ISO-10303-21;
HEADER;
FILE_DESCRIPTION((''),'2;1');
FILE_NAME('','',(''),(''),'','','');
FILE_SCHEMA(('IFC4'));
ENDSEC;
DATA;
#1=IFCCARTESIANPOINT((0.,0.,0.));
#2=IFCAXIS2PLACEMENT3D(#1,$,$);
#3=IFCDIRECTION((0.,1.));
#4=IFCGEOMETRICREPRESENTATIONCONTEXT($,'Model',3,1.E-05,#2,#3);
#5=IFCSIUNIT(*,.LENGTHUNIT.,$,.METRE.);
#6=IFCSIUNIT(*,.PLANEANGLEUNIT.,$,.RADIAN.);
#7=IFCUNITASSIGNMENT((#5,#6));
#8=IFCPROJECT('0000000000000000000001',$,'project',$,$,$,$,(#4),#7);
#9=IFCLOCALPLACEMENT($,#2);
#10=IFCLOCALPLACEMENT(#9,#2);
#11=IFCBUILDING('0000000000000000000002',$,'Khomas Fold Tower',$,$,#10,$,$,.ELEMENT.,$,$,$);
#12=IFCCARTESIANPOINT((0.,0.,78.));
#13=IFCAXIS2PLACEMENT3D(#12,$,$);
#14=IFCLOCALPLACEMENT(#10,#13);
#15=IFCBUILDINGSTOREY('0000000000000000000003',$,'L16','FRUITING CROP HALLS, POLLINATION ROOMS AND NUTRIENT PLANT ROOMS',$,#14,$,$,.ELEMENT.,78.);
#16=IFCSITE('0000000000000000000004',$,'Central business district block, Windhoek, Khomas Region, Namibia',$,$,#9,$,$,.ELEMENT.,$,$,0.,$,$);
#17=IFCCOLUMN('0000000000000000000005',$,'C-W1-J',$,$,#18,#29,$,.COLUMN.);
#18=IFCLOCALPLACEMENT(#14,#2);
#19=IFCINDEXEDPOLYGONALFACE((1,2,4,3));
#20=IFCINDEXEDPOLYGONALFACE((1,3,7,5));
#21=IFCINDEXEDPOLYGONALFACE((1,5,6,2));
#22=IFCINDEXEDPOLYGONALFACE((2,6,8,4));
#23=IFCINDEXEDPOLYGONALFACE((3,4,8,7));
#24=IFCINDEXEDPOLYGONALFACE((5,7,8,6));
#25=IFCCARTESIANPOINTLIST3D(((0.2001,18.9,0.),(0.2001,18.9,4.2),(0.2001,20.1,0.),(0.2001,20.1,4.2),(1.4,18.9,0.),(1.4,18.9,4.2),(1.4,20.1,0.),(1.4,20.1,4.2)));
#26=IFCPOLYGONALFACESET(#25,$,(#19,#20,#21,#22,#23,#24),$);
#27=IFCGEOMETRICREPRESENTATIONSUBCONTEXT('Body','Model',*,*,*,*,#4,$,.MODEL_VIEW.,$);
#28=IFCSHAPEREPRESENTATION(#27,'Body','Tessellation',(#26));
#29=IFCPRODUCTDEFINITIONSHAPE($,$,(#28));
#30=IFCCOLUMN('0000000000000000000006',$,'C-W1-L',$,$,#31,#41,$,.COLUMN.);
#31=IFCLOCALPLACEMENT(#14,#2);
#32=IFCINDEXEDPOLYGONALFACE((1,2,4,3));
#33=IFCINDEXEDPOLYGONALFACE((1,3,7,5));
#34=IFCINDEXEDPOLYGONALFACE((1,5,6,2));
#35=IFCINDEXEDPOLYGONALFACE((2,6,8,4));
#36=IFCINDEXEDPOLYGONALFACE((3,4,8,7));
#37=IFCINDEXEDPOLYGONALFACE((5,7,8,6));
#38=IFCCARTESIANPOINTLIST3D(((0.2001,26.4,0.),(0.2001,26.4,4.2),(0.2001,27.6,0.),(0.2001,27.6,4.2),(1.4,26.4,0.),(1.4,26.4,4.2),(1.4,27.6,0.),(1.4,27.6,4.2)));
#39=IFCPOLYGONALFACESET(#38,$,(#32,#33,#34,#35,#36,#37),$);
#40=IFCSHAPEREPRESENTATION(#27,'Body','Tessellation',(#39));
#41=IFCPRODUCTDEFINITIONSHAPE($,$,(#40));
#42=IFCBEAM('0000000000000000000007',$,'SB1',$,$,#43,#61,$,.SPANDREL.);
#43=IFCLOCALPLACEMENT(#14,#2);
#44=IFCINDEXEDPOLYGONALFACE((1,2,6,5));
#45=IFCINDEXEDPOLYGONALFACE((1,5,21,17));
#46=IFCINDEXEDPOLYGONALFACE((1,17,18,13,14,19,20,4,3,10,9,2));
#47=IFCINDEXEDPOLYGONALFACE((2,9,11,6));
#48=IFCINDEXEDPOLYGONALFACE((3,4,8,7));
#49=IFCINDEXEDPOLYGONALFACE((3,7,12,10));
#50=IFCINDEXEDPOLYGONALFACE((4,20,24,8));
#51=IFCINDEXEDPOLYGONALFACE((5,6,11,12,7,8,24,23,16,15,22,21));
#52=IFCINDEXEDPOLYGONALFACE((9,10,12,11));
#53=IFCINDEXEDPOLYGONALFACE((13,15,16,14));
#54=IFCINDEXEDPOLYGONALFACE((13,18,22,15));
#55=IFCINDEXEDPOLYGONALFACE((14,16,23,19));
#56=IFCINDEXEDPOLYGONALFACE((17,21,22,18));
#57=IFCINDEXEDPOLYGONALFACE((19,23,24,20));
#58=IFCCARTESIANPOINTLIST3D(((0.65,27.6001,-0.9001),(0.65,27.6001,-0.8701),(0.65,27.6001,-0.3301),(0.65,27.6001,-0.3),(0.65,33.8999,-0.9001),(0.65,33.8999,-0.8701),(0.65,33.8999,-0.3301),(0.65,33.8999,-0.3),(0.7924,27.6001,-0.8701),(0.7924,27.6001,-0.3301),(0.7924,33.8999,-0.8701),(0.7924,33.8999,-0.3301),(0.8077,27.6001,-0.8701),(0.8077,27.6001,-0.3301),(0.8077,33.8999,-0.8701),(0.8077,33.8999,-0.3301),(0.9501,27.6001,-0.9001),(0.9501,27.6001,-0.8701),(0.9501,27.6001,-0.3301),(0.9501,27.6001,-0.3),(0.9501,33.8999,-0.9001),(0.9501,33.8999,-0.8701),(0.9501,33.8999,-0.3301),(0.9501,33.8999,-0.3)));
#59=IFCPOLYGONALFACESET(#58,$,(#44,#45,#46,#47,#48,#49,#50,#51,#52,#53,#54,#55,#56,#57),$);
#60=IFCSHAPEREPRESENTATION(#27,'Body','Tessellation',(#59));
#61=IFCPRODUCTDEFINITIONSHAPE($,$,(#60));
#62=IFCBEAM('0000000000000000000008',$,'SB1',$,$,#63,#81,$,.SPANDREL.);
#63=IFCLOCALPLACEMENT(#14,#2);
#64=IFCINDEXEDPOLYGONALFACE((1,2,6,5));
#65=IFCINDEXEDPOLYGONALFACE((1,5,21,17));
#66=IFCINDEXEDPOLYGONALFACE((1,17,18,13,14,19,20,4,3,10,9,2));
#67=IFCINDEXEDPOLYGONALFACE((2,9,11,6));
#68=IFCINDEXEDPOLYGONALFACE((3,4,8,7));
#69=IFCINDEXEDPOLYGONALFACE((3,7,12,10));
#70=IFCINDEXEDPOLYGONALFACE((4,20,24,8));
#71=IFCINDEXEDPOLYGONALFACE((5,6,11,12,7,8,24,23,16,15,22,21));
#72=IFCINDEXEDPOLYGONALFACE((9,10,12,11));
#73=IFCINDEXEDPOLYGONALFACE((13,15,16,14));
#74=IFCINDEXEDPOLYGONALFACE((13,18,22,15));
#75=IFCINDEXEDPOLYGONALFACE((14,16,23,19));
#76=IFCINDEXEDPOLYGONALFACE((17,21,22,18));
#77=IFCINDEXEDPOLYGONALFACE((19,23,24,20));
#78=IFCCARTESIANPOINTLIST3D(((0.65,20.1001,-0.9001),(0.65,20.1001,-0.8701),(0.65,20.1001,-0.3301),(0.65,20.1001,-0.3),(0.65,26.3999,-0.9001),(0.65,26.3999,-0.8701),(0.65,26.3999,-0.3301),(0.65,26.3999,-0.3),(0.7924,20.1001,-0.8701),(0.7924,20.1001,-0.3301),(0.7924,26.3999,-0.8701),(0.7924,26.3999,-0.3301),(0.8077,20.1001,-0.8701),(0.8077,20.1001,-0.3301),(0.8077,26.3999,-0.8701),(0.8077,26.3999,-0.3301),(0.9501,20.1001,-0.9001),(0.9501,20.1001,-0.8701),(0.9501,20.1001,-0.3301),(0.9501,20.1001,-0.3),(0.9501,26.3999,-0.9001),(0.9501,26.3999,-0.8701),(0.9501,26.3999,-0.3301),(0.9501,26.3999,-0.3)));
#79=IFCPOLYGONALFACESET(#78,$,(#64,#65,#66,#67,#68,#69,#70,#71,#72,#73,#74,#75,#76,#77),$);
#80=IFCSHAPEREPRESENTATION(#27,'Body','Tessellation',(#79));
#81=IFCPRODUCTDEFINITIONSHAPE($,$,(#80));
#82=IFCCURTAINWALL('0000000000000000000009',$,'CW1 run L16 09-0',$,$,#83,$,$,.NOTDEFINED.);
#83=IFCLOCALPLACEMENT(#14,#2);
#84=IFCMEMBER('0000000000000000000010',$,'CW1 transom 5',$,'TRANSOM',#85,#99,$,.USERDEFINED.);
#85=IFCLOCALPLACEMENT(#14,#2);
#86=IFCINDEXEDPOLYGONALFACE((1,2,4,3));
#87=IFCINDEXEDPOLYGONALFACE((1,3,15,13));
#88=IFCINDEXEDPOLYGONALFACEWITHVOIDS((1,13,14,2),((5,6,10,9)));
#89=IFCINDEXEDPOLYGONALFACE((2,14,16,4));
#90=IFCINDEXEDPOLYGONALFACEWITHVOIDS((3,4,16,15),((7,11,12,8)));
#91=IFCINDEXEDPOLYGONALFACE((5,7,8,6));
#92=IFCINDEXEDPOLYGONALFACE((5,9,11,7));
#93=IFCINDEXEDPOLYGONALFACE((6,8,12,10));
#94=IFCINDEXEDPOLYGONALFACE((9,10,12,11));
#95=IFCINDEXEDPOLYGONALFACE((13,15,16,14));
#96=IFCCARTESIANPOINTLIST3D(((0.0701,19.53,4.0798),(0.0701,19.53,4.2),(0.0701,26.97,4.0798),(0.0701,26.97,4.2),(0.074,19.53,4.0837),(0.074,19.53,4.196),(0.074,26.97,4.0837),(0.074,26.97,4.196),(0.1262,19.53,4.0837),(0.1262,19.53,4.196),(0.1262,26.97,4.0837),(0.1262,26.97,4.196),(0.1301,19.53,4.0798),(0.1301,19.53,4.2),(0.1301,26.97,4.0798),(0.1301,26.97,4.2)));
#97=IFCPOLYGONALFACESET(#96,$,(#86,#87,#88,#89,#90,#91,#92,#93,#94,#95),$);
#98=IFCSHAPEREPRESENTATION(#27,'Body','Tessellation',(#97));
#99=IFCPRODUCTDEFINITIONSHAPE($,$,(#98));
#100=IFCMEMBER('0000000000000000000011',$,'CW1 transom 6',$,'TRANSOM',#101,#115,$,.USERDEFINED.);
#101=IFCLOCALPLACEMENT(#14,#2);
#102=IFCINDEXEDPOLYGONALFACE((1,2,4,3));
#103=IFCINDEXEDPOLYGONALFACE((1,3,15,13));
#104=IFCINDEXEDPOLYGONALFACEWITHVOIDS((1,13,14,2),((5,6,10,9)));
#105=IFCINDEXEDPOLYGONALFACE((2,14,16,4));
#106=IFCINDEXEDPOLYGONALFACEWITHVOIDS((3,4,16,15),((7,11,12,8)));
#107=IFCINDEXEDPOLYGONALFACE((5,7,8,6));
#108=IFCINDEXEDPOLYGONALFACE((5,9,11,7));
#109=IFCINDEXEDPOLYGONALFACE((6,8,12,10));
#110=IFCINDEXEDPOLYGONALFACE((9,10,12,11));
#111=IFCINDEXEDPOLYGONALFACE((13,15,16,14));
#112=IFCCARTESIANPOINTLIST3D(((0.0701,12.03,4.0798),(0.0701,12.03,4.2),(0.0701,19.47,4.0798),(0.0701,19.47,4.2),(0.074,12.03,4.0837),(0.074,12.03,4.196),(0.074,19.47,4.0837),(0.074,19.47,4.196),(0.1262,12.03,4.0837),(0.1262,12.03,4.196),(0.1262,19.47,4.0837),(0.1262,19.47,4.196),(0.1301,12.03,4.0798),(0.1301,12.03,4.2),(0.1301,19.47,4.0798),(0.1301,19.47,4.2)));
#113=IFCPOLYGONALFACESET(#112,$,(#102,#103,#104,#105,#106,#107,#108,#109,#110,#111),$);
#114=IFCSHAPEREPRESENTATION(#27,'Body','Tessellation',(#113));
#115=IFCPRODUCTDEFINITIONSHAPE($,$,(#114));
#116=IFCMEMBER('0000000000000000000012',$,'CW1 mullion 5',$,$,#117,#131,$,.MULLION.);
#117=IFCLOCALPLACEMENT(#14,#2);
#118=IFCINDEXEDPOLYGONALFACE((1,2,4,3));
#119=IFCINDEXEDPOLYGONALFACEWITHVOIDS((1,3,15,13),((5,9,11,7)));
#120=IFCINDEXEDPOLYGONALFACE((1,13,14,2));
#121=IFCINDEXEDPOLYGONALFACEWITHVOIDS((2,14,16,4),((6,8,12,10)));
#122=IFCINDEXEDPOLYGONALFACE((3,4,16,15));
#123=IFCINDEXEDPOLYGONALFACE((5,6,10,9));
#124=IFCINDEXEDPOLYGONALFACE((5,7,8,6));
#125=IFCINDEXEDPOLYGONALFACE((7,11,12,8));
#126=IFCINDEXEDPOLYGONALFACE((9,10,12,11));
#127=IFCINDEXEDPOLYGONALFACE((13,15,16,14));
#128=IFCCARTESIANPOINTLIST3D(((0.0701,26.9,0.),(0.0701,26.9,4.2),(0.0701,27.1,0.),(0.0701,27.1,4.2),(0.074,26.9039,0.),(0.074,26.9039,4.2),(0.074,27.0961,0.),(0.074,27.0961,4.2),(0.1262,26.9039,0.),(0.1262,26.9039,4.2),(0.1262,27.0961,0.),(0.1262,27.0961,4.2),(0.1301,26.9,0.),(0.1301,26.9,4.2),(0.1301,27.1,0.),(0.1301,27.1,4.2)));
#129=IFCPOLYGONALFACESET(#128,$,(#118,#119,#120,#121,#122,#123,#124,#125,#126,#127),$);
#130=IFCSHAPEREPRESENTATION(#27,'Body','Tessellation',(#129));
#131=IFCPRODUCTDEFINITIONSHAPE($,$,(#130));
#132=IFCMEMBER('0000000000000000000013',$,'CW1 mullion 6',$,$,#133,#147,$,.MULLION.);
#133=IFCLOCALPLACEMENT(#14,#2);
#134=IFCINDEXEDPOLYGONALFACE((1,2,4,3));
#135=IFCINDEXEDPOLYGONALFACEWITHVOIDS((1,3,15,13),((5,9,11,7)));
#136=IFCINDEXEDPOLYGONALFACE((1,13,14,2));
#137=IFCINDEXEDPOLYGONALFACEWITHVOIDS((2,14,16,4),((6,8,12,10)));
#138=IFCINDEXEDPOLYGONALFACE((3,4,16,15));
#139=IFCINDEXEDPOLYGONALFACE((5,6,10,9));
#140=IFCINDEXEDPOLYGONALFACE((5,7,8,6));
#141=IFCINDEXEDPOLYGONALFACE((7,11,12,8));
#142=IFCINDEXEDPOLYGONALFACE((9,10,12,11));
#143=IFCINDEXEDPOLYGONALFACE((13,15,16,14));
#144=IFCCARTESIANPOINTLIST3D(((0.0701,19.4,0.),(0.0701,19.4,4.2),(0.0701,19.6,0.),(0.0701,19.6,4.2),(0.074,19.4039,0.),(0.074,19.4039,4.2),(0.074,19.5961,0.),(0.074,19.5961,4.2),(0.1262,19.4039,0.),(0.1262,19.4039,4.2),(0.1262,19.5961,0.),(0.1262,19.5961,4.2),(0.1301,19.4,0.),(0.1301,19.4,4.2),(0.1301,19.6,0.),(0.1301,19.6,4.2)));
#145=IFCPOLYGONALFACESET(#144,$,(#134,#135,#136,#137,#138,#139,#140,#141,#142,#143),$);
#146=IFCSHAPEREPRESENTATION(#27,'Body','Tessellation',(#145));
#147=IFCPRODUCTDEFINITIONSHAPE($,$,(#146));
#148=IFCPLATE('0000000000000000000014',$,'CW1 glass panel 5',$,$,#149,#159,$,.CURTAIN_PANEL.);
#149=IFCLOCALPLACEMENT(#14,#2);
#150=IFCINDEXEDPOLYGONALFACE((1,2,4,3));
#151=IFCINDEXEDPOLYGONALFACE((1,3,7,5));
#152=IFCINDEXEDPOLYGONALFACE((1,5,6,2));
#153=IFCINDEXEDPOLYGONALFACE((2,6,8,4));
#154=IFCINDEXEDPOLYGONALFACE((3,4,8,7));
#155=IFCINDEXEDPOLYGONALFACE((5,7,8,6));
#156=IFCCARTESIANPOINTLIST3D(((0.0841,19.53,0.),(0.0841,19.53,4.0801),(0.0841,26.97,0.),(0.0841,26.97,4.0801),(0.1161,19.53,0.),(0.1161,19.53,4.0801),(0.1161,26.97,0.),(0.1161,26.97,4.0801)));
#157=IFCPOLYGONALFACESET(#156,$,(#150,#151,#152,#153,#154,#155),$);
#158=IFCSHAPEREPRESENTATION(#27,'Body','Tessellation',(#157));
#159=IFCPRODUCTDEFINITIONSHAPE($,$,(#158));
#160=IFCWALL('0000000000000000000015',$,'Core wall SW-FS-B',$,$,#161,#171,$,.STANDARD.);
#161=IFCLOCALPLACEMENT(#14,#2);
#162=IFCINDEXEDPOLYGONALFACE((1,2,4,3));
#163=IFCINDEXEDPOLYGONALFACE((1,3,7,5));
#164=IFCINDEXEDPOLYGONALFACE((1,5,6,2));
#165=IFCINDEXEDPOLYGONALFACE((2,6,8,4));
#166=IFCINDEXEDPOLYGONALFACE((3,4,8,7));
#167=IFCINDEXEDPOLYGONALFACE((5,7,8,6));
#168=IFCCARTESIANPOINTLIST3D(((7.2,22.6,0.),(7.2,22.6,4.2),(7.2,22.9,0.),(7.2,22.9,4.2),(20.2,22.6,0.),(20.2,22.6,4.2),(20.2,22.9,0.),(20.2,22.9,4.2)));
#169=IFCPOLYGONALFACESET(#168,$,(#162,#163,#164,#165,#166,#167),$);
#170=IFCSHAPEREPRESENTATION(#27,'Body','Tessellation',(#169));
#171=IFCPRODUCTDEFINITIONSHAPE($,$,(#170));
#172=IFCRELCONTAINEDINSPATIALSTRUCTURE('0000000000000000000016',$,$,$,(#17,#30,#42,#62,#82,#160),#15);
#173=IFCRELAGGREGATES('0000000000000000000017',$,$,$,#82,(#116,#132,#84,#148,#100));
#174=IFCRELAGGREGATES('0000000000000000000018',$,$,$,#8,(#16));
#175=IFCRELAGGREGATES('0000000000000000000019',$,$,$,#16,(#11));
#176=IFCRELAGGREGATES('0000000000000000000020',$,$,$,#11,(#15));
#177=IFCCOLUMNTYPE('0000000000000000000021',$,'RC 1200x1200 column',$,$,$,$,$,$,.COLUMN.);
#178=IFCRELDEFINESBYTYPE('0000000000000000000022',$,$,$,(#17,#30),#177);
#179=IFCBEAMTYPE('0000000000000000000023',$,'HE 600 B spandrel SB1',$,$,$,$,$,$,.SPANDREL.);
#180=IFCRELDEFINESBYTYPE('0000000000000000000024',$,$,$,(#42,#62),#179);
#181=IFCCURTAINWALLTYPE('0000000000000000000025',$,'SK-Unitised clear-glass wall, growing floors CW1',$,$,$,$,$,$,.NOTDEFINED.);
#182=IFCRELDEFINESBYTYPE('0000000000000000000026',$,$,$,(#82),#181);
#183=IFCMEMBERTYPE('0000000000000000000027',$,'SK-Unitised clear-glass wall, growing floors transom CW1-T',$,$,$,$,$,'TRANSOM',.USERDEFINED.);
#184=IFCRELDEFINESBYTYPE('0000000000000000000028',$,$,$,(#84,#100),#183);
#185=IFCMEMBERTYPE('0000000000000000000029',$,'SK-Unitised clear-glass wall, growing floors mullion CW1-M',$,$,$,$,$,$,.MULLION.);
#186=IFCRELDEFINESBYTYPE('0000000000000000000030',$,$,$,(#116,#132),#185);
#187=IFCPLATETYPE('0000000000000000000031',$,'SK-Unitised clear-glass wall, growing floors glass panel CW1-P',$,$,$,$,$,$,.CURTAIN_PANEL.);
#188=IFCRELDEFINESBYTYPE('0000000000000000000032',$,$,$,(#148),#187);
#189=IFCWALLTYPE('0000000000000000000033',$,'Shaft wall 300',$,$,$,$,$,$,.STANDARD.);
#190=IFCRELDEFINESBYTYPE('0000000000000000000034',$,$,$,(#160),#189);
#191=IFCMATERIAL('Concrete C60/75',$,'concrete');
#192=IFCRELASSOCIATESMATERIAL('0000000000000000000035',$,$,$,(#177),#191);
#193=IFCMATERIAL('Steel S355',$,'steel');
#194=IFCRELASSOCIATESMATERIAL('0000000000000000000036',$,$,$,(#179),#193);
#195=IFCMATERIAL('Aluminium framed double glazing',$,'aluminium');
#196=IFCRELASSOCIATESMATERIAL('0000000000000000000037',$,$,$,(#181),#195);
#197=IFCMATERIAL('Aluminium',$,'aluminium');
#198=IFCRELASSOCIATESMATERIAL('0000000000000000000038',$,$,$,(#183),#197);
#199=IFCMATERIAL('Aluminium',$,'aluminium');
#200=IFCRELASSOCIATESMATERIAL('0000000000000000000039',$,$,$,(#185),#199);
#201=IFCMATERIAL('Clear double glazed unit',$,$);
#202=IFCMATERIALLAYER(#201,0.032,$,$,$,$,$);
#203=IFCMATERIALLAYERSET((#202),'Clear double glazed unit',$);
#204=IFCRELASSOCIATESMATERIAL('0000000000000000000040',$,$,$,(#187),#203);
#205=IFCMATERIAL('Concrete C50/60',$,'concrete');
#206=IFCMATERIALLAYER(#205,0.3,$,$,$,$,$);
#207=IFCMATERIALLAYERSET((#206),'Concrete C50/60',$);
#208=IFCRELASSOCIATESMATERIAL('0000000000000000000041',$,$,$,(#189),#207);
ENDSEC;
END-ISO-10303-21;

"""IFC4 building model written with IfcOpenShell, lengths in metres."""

from ifc_helpers import new_model, si_unit, direction, frame, frame_2d, origin, origin_2d, place, context, subcontext, project, spatial, rectangle, hollow_rectangle, i_section, extrude, source, transform, mapped, material, layer, layer_set, material_profile, profile_set, type_object, element, aggregate, save


model = new_model("IFC4")

# Units and contexts
model_context = context("Model", 3, precision=1e-05, world=origin(), true_north=direction((0.0, 1.0)))
body_context = subcontext(model_context, "Body", "Model", "MODEL_VIEW")
ifc_project = project(units=[si_unit("LENGTHUNIT", "METRE"), si_unit("PLANEANGLEUNIT", "RADIAN")], contexts=[model_context])

# Site, building, storey
site_placement = place(None, origin())
site = spatial("IfcSite", under=ifc_project, at=site_placement, Name="Central business district block, Windhoek, Khomas Region, Namibia", CompositionType="ELEMENT", RefElevation=0.0)
building_placement = place(site_placement, origin())
building = spatial("IfcBuilding", under=site, at=building_placement, Name="Khomas Fold Tower", CompositionType="ELEMENT")
storey_placement = place(building_placement, frame((0.0, 0.0, 78.0)))
storey = spatial("IfcBuildingStorey", under=building, at=storey_placement, Name="L16", Description="FRUITING CROP HALLS, POLLINATION ROOMS AND NUTRIENT PLANT ROOMS", CompositionType="ELEMENT", Elevation=78.0)

# Columns
ifc_material_1 = material(Name="Concrete C60/75", Category="concrete")
ifc_material_profile_1 = material_profile(ifc_material_1, rectangle(XDim=1.2, YDim=1.2, at=origin_2d()), Name="RC 1200x1200")
ifc_profile_set_1 = profile_set([ifc_material_profile_1], Name="Concrete C60/75")
column_type = type_object("IfcColumnType", Name="RC 1200x1200 column", PredefinedType="COLUMN", material=ifc_profile_set_1)
shared_shape_1 = source(origin(), body_context, "Body", "SweptSolid", [
    extrude(rectangle(XDim=1.2, YDim=1.2, at=origin_2d()), origin(), (0.0, 0.0, 1.0), 4.2),
])
for number, where, z_axis, x_axis, name in (
    (1, (0.8, 19.5, 0.0), (0.0, 0.0, 1.0), (1.0, 0.0, 0.0), "C-W1-J"),
    (2, (0.8, 27.0, 0.0), (0.0, 0.0, 1.0), (1.0, 0.0, 0.0), "C-W1-L"),
):
    element("IfcColumn", number, at=place(storey_placement, frame(where, z_axis=z_axis, x_axis=x_axis)), inside=storey, type_object=column_type, Name=name, PredefinedType="COLUMN", context=body_context, shape_type="MappedRepresentation", body=[
        mapped(shared_shape_1, transform((0.0, 0.0, 0.0))),
    ])

# Beams
ifc_material_2 = material(Name="Steel S355", Category="steel")
ifc_material_profile_2 = material_profile(ifc_material_2, i_section(OverallWidth=0.3, OverallDepth=0.6001, WebThickness=0.0154, FlangeThickness=0.03, at=origin_2d()), Name="HE 600 B")
ifc_profile_set_2 = profile_set([ifc_material_profile_2], Name="Steel S355")
beam_type = type_object("IfcBeamType", Name="HE 600 B spandrel SB1", PredefinedType="SPANDREL", material=ifc_profile_set_2)
shared_shape_2 = source(origin(), body_context, "Body", "SweptSolid", [
    extrude(i_section(OverallWidth=0.3, OverallDepth=0.6001, WebThickness=0.0154, FlangeThickness=0.03, at=origin_2d()), origin(), (0.0, 0.0, 1.0), 6.2998),
])
for number, where, z_axis, x_axis, name in (
    (3, (0.8, 27.6001, -0.6001), (0.0, 1.0, 0.0), (-1.0, 0.0, 0.0), "SB1"),
    (4, (0.8, 20.1001, -0.6001), (0.0, 1.0, 0.0), (-1.0, 0.0, 0.0), "SB1"),
):
    element("IfcBeam", number, at=place(storey_placement, frame(where, z_axis=z_axis, x_axis=x_axis)), inside=storey, type_object=beam_type, Name=name, PredefinedType="SPANDREL", context=body_context, shape_type="MappedRepresentation", body=[
        mapped(shared_shape_2, transform((0.0, 0.0, 0.0))),
    ])

# Curtain wall, members, plate
ifc_material_3 = material(Name="Aluminium framed double glazing", Category="aluminium")
curtain_wall_type = type_object("IfcCurtainWallType", Name="SK-Unitised clear-glass wall, growing floors CW1", PredefinedType="NOTDEFINED", material=ifc_material_3)
curtain_wall_placement = place(storey_placement, origin())
curtain_wall = element("IfcCurtainWall", 5, at=curtain_wall_placement, inside=storey, type_object=curtain_wall_type, Name="CW1 run L16 09-0", PredefinedType="NOTDEFINED")
ifc_material_4 = material(Name="Aluminium", Category="aluminium")
ifc_material_profile_3 = material_profile(ifc_material_4, hollow_rectangle(XDim=0.0601, YDim=0.1201, WallThickness=0.0039, at=origin_2d()), Name="SK-Unitised clear-glass wall, growing floors transom CW1-T")
ifc_profile_set_3 = profile_set([ifc_material_profile_3], Name="Aluminium")
member_type_1 = type_object("IfcMemberType", Name="SK-Unitised clear-glass wall, growing floors transom CW1-T", ElementType="TRANSOM", PredefinedType="USERDEFINED", material=ifc_profile_set_3)
shared_shape_3 = source(origin(), body_context, "Body", "SweptSolid", [
    extrude(hollow_rectangle(XDim=0.0601, YDim=0.1201, WallThickness=0.0039, at=origin_2d()), origin(), (0.0, 0.0, 1.0), 7.4399),
])
member_1_placement = place(storey_placement, frame((0.1001, 26.97, 4.1399), z_axis=(0.0, -1.0, 0.0), x_axis=(1.0, 0.0, 0.0)))
member_1 = element("IfcMember", 6, at=member_1_placement, type_object=member_type_1, Name="CW1 transom 5", ObjectType="TRANSOM", PredefinedType="USERDEFINED", context=body_context, shape_type="MappedRepresentation", body=[
    mapped(shared_shape_3, transform((0.0, 0.0, 0.0))),
])
member_2_placement = place(storey_placement, frame((0.1001, 19.47, 4.1399), z_axis=(0.0, -1.0, 0.0), x_axis=(1.0, 0.0, 0.0)))
member_2 = element("IfcMember", 7, at=member_2_placement, type_object=member_type_1, Name="CW1 transom 6", ObjectType="TRANSOM", PredefinedType="USERDEFINED", context=body_context, shape_type="MappedRepresentation", body=[
    mapped(shared_shape_3, transform((0.0, 0.0, 0.0))),
])
ifc_material_5 = material(Name="Aluminium", Category="aluminium")
ifc_material_profile_4 = material_profile(ifc_material_5, hollow_rectangle(XDim=0.0601, YDim=0.2, WallThickness=0.0039, at=origin_2d()), Name="SK-Unitised clear-glass wall, growing floors mullion CW1-M")
ifc_profile_set_4 = profile_set([ifc_material_profile_4], Name="Aluminium")
member_type_2 = type_object("IfcMemberType", Name="SK-Unitised clear-glass wall, growing floors mullion CW1-M", PredefinedType="MULLION", material=ifc_profile_set_4)
shared_shape_4 = source(origin(), body_context, "Body", "SweptSolid", [
    extrude(hollow_rectangle(XDim=0.0601, YDim=0.2, WallThickness=0.0039, at=origin_2d()), origin(), (0.0, 0.0, 1.0), 4.2),
])
member_3_placement = place(storey_placement, frame((0.1001, 27.0, 0.0), z_axis=(0.0, 0.0, 1.0), x_axis=(1.0, 0.0, 0.0)))
member_3 = element("IfcMember", 8, at=member_3_placement, type_object=member_type_2, Name="CW1 mullion 5", PredefinedType="MULLION", context=body_context, shape_type="MappedRepresentation", body=[
    mapped(shared_shape_4, transform((0.0, 0.0, 0.0))),
])
member_4_placement = place(storey_placement, frame((0.1001, 19.5, 0.0), z_axis=(0.0, 0.0, 1.0), x_axis=(1.0, 0.0, 0.0)))
member_4 = element("IfcMember", 9, at=member_4_placement, type_object=member_type_2, Name="CW1 mullion 6", PredefinedType="MULLION", context=body_context, shape_type="MappedRepresentation", body=[
    mapped(shared_shape_4, transform((0.0, 0.0, 0.0))),
])
ifc_material_6 = material(Name="Clear double glazed unit")
ifc_layer_1 = layer(ifc_material_6, 0.032)
ifc_layer_set_1 = layer_set([ifc_layer_1], Name="Clear double glazed unit")
plate_type = type_object("IfcPlateType", Name="SK-Unitised clear-glass wall, growing floors glass panel CW1-P", PredefinedType="CURTAIN_PANEL", material=ifc_layer_set_1)
shared_shape_5 = source(origin(), body_context, "Body", "SweptSolid", [
    extrude(rectangle(XDim=7.4399, YDim=0.032, at=origin_2d()), origin(), (0.0, 0.0, 1.0), 4.0801),
])
plate_placement = place(storey_placement, frame((0.1001, 23.25, 0.0), z_axis=(0.0, 0.0, 1.0), x_axis=(0.0, -1.0, 0.0)))
plate = element("IfcPlate", 10, at=plate_placement, type_object=plate_type, Name="CW1 glass panel 5", PredefinedType="CURTAIN_PANEL", context=body_context, shape_type="MappedRepresentation", body=[
    mapped(shared_shape_5, transform((0.0, 0.0, 0.0))),
])
aggregate(curtain_wall, [member_3, member_4, member_1, plate, member_2])

# Wall
ifc_material_7 = material(Name="Concrete C50/60", Category="concrete")
ifc_layer_2 = layer(ifc_material_7, 0.3)
ifc_layer_set_2 = layer_set([ifc_layer_2], Name="Concrete C50/60")
wall_type_1 = type_object("IfcWallType", Name="Shaft wall 300", PredefinedType="STANDARD", material=ifc_layer_set_2)
shared_shape_6 = source(origin(), body_context, "Body", "SweptSolid", [
    extrude(rectangle(XDim=13.0, YDim=0.3, at=frame_2d((6.5, 0.0))), origin(), (0.0, 0.0, 1.0), 4.2),
])
wall_1_placement = place(storey_placement, frame((7.2, 22.75, 0.0), z_axis=(0.0, 0.0, 1.0), x_axis=(1.0, 0.0, 0.0)))
element("IfcWall", 11, at=wall_1_placement, inside=storey, type_object=wall_type_1, Name="Core wall SW-FS-B", PredefinedType="STANDARD", context=body_context, shape_type="MappedRepresentation", body=[
    mapped(shared_shape_6, transform((0.0, 0.0, 0.0))),
])

save(model, "model.ifc")
